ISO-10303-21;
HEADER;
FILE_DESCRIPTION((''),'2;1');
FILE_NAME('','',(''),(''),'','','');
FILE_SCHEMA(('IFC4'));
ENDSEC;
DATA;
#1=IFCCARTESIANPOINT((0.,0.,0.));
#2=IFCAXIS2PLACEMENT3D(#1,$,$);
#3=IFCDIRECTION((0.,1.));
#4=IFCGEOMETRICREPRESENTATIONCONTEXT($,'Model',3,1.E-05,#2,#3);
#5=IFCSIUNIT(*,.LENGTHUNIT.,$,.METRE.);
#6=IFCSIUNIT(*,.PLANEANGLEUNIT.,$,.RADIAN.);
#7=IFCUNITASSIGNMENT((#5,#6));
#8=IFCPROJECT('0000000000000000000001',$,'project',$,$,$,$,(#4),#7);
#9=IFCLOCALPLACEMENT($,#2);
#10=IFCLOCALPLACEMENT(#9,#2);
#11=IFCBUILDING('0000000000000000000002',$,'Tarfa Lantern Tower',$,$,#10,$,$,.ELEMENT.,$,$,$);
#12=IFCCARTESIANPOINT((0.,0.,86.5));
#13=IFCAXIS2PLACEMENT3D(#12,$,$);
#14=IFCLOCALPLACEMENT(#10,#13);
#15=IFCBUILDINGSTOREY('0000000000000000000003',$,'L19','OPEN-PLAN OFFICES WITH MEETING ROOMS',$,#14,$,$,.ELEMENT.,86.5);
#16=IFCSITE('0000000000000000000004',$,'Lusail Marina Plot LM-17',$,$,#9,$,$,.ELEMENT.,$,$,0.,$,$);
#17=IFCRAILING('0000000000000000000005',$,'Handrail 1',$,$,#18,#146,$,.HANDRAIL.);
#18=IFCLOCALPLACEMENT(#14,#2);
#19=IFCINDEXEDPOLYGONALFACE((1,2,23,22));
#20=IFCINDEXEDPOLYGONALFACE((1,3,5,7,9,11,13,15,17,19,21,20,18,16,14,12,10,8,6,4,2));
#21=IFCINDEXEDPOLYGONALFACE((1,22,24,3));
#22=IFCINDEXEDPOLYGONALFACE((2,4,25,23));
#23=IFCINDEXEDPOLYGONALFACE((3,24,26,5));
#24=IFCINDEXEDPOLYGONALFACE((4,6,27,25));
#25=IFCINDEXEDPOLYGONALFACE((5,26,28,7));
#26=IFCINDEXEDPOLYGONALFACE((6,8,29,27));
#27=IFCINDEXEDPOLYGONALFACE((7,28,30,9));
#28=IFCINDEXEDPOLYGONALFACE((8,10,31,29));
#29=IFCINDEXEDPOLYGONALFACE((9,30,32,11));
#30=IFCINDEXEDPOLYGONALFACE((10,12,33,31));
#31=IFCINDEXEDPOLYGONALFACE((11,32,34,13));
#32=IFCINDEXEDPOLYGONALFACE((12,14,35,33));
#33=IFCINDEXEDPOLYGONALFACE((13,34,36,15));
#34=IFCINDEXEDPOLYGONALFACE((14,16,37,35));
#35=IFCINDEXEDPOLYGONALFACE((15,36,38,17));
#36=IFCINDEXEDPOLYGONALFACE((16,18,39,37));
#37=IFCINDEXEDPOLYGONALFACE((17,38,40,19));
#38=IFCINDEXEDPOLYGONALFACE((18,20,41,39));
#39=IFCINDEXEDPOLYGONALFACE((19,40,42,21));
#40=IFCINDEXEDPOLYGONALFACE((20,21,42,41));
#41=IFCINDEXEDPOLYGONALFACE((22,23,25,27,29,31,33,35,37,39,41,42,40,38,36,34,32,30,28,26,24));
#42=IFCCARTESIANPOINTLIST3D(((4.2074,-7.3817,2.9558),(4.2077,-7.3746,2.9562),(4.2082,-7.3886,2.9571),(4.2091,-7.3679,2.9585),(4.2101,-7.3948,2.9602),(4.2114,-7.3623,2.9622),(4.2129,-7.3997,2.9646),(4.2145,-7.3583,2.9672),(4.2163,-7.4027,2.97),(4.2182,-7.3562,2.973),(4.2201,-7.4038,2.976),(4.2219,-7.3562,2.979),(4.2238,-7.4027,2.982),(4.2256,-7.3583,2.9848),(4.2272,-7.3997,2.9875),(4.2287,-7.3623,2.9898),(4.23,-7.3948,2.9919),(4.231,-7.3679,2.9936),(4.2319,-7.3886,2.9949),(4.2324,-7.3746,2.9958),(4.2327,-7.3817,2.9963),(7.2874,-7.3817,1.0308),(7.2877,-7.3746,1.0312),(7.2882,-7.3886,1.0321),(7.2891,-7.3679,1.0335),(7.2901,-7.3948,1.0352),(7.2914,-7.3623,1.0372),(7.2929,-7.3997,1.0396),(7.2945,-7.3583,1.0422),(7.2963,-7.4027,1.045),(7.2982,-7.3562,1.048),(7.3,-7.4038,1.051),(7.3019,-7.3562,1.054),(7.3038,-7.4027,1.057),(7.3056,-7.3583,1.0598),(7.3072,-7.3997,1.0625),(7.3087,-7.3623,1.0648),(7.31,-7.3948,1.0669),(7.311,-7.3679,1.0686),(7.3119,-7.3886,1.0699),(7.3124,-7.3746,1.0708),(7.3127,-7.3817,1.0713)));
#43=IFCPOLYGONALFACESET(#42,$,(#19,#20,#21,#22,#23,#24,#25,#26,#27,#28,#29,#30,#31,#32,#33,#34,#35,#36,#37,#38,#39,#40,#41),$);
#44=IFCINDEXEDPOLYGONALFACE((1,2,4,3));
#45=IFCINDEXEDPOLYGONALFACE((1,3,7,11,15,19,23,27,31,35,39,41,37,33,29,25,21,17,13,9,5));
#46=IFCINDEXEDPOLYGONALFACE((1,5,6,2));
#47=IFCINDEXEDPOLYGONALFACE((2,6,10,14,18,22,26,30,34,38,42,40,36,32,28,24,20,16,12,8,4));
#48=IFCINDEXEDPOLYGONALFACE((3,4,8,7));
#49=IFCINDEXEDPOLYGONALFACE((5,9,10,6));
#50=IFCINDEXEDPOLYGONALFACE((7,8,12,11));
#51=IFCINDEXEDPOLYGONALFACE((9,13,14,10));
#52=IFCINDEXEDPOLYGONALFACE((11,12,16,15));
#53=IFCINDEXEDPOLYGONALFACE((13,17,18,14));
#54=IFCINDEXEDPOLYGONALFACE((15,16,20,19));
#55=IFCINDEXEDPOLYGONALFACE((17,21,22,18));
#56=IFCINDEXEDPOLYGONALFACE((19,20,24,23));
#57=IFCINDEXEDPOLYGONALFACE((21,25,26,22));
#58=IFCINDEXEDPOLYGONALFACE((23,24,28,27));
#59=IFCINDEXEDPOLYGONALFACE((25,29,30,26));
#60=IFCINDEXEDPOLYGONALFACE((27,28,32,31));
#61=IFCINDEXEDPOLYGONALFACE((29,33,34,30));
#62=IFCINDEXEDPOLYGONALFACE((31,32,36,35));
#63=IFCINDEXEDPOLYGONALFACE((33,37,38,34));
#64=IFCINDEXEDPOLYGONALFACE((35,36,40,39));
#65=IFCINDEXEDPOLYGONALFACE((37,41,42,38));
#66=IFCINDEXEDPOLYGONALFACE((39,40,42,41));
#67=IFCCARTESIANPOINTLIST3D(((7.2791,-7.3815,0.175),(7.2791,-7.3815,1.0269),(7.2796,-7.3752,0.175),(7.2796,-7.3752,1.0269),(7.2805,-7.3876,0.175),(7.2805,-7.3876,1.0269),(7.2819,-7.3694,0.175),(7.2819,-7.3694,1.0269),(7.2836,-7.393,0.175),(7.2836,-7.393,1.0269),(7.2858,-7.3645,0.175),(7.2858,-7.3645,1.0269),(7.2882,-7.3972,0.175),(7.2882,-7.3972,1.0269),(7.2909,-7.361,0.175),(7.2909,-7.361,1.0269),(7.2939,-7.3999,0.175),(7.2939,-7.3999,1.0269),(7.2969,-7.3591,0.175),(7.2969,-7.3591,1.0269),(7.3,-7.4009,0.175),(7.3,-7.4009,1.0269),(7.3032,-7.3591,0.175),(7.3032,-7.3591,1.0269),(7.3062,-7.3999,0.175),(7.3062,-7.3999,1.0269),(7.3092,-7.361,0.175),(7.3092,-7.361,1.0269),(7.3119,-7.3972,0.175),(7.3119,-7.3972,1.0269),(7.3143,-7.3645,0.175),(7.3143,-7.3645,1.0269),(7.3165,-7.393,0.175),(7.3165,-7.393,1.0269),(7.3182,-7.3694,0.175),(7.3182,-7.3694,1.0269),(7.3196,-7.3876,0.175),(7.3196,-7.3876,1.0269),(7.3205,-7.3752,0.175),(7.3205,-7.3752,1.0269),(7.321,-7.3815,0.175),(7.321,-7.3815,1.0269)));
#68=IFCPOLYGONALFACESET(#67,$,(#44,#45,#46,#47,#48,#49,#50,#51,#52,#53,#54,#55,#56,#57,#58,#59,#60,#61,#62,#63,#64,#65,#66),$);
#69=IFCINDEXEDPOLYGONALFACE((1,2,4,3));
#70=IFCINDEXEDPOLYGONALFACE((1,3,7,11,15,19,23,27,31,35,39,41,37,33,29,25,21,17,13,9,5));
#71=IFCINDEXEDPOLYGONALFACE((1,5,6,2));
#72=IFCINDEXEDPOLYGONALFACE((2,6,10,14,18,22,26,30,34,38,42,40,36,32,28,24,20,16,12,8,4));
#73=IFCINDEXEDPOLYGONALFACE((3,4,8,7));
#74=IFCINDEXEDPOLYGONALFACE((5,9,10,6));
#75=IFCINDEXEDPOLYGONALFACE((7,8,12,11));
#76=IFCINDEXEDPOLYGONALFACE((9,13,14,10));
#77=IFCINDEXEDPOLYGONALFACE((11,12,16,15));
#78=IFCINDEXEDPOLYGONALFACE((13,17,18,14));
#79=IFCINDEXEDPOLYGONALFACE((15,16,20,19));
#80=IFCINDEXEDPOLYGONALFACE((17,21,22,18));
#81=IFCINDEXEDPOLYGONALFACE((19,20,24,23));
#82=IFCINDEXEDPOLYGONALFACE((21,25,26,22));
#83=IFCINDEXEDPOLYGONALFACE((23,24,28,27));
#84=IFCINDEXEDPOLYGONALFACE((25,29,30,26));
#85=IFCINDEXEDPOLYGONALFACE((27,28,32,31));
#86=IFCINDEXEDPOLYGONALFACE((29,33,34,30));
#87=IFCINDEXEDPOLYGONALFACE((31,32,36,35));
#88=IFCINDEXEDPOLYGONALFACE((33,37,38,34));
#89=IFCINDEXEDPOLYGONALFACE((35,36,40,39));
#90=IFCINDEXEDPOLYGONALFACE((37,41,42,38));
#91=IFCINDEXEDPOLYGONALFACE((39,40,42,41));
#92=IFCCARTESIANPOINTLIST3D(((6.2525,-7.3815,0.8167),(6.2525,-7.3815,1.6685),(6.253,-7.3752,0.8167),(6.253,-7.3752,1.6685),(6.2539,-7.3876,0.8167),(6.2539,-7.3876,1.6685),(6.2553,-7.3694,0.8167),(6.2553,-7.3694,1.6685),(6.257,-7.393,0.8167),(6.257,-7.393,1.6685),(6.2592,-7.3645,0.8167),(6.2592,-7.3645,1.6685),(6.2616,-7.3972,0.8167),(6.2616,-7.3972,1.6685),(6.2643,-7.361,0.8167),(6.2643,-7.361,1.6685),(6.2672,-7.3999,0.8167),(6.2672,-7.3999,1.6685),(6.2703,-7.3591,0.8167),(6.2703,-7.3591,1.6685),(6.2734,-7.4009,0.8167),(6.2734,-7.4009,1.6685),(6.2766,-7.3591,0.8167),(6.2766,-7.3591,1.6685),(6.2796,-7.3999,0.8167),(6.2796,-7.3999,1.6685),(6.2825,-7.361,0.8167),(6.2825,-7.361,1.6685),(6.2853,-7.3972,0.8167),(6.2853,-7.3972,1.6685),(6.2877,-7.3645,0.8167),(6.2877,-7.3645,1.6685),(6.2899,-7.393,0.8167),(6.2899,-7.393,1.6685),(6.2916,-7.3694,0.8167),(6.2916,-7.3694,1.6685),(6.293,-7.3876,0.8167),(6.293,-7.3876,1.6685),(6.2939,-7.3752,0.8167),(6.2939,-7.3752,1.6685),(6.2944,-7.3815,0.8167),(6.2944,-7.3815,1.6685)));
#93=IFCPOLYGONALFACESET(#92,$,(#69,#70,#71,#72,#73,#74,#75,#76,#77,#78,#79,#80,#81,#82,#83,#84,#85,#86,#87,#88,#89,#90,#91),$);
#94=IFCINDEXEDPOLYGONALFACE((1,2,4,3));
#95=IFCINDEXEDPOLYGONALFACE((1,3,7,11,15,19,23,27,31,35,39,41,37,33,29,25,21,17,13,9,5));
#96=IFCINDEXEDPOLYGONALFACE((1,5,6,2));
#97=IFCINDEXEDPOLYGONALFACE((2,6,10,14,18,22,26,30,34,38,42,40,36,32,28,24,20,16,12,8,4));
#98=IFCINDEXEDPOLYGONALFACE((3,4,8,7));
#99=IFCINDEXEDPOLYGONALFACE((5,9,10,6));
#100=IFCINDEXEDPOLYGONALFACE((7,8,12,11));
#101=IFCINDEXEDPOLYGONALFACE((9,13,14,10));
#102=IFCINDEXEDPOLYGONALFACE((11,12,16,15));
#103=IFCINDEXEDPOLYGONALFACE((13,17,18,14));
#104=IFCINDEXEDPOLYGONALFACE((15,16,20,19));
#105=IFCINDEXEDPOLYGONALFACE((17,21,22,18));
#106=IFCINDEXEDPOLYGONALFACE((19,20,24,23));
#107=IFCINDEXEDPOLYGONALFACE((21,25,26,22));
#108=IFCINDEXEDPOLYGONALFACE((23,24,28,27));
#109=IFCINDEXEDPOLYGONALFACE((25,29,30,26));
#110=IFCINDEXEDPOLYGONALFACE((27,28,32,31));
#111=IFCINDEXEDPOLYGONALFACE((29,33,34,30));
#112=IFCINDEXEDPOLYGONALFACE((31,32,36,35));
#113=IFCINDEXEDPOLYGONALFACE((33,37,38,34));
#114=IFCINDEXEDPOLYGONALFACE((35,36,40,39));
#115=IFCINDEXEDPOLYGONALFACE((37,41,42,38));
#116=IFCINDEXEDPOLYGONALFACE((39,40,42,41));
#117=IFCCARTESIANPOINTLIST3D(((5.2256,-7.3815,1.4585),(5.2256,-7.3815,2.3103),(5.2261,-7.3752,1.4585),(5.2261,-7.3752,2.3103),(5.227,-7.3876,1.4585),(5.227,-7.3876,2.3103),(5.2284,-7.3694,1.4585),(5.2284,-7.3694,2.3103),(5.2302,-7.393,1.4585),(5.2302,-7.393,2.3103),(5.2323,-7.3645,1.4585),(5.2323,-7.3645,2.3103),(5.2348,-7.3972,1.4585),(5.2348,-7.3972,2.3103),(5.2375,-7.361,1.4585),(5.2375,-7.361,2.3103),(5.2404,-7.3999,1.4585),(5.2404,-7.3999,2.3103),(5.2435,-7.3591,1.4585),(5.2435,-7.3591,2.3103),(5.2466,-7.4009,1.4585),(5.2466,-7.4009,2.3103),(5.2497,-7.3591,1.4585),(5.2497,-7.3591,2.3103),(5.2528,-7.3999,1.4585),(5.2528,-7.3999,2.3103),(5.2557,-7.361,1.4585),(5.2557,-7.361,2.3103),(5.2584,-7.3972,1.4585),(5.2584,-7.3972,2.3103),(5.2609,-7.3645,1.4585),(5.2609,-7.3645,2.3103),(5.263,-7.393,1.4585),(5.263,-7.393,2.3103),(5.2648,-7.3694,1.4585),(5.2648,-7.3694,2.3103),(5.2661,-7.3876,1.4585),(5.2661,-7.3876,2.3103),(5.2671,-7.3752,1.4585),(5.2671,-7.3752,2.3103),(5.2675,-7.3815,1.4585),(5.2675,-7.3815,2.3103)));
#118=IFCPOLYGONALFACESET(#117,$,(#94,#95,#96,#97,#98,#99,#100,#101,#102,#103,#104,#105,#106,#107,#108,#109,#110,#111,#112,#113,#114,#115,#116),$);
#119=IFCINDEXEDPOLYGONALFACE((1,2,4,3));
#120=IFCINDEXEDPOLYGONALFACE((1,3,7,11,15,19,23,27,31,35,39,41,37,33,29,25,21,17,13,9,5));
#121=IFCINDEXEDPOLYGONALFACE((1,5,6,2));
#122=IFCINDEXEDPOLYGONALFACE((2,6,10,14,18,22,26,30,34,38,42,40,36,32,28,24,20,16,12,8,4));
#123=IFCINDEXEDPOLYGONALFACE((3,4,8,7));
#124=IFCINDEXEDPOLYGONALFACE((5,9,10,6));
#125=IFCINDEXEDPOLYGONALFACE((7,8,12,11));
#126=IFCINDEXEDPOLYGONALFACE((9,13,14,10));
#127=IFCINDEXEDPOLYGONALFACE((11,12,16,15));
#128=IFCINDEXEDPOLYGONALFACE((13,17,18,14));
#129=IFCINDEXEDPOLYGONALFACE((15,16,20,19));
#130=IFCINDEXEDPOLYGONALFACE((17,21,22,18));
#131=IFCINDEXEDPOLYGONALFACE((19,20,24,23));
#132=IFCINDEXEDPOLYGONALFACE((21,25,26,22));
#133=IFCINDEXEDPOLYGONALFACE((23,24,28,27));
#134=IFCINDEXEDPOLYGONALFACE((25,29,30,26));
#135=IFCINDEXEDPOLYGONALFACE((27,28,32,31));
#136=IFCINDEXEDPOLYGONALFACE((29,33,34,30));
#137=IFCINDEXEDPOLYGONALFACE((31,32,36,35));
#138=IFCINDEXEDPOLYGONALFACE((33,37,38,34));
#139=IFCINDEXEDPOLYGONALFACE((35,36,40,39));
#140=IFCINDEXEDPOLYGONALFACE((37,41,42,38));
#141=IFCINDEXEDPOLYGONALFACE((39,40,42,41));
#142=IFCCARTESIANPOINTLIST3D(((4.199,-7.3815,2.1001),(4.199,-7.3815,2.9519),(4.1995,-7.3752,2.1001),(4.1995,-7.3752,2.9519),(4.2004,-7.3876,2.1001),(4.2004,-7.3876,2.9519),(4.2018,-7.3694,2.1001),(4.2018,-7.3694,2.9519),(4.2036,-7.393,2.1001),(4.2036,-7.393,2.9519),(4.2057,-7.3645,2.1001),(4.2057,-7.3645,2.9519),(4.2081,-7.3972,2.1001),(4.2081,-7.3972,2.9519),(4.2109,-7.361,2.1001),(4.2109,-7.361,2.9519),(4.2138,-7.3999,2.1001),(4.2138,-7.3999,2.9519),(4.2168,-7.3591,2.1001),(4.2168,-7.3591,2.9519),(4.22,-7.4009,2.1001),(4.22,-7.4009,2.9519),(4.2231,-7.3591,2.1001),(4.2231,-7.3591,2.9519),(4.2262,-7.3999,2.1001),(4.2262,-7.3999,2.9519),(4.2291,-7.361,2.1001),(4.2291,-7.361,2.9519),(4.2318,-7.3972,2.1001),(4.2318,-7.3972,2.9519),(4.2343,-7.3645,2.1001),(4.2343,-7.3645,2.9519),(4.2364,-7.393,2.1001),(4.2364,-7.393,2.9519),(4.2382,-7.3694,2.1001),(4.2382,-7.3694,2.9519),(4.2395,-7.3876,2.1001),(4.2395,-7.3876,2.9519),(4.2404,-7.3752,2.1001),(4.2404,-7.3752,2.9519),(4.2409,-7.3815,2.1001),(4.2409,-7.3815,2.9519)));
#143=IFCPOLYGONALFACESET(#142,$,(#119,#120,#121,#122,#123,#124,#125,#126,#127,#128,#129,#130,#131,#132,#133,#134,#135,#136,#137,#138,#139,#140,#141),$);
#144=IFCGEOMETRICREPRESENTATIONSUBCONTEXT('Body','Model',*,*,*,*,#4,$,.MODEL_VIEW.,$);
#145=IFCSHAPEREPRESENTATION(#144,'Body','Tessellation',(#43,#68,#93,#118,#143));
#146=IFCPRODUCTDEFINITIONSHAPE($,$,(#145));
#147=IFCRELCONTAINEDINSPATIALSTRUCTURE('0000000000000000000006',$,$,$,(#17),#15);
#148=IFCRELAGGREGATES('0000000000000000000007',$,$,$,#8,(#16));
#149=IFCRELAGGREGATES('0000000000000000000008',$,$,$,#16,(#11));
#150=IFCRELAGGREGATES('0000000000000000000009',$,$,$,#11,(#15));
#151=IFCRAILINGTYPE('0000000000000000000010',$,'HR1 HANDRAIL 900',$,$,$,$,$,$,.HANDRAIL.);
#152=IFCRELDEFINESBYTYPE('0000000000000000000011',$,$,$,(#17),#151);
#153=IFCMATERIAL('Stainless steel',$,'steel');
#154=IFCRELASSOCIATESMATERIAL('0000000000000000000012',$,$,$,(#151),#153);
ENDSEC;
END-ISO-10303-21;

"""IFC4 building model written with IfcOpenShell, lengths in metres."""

from ifc_helpers import new_model, si_unit, direction, frame, origin, origin_2d, place, context, subcontext, project, spatial, circle, extrude, material, type_object, element, save


model = new_model("IFC4")

# Units and contexts
model_context = context("Model", 3, precision=1e-05, world=origin(), true_north=direction((0.0, 1.0)))
body_context = subcontext(model_context, "Body", "Model", "MODEL_VIEW")
ifc_project = project(units=[si_unit("LENGTHUNIT", "METRE"), si_unit("PLANEANGLEUNIT", "RADIAN")], contexts=[model_context])

# Site, building, storey
site_placement = place(None, origin())
site = spatial("IfcSite", under=ifc_project, at=site_placement, Name="Lusail Marina Plot LM-17", CompositionType="ELEMENT", RefElevation=0.0)
building_placement = place(site_placement, origin())
building = spatial("IfcBuilding", under=site, at=building_placement, Name="Tarfa Lantern Tower", CompositionType="ELEMENT")
storey_placement = place(building_placement, frame((0.0, 0.0, 86.5)))
storey = spatial("IfcBuildingStorey", under=building, at=storey_placement, Name="L19", Description="OPEN-PLAN OFFICES WITH MEETING ROOMS", CompositionType="ELEMENT", Elevation=86.5)

# Railing
ifc_material_1 = material(Name="Stainless steel", Category="steel")
railing_type = type_object("IfcRailingType", Name="HR1 HANDRAIL 900", PredefinedType="HANDRAIL", material=ifc_material_1)
railing_1_placement = place(storey_placement, frame((7.3, -7.3799, 0.175)))
element("IfcRailing", 1, at=railing_1_placement, inside=storey, type_object=railing_type, Name="Handrail 1", PredefinedType="HANDRAIL", context=body_context, shape_type="SweptSolid", body=[
    extrude(circle(Radius=0.0239, at=origin_2d()), frame((0.0, 0.0, 0.876), z_axis=(-0.847998, 0.0, 0.529999), x_axis=(0.0, -1.0, 0.0)), (0.0, 0.0, 1.0), 3.6321),
    extrude(circle(Radius=0.021, at=origin_2d()), frame((0.0, 0.0, 0.0), z_axis=(0.0, 0.0, 1.0), x_axis=(0.0, -1.0, 0.0)), (0.0, 0.0, 1.0), 0.8518),
    extrude(circle(Radius=0.021, at=origin_2d()), frame((-1.0266, 0.0, 0.6416), z_axis=(0.0, 0.0, 1.0), x_axis=(0.0, -1.0, 0.0)), (0.0, 0.0, 1.0), 0.8518),
    extrude(circle(Radius=0.021, at=origin_2d()), frame((-2.0535, 0.0, 1.2834), z_axis=(0.0, 0.0, 1.0), x_axis=(0.0, -1.0, 0.0)), (0.0, 0.0, 1.0), 0.8518),
    extrude(circle(Radius=0.021, at=origin_2d()), frame((-3.0801, 0.0, 1.925), z_axis=(0.0, 0.0, 1.0), x_axis=(0.0, -1.0, 0.0)), (0.0, 0.0, 1.0), 0.8518),
])

save(model, "model.ifc")
